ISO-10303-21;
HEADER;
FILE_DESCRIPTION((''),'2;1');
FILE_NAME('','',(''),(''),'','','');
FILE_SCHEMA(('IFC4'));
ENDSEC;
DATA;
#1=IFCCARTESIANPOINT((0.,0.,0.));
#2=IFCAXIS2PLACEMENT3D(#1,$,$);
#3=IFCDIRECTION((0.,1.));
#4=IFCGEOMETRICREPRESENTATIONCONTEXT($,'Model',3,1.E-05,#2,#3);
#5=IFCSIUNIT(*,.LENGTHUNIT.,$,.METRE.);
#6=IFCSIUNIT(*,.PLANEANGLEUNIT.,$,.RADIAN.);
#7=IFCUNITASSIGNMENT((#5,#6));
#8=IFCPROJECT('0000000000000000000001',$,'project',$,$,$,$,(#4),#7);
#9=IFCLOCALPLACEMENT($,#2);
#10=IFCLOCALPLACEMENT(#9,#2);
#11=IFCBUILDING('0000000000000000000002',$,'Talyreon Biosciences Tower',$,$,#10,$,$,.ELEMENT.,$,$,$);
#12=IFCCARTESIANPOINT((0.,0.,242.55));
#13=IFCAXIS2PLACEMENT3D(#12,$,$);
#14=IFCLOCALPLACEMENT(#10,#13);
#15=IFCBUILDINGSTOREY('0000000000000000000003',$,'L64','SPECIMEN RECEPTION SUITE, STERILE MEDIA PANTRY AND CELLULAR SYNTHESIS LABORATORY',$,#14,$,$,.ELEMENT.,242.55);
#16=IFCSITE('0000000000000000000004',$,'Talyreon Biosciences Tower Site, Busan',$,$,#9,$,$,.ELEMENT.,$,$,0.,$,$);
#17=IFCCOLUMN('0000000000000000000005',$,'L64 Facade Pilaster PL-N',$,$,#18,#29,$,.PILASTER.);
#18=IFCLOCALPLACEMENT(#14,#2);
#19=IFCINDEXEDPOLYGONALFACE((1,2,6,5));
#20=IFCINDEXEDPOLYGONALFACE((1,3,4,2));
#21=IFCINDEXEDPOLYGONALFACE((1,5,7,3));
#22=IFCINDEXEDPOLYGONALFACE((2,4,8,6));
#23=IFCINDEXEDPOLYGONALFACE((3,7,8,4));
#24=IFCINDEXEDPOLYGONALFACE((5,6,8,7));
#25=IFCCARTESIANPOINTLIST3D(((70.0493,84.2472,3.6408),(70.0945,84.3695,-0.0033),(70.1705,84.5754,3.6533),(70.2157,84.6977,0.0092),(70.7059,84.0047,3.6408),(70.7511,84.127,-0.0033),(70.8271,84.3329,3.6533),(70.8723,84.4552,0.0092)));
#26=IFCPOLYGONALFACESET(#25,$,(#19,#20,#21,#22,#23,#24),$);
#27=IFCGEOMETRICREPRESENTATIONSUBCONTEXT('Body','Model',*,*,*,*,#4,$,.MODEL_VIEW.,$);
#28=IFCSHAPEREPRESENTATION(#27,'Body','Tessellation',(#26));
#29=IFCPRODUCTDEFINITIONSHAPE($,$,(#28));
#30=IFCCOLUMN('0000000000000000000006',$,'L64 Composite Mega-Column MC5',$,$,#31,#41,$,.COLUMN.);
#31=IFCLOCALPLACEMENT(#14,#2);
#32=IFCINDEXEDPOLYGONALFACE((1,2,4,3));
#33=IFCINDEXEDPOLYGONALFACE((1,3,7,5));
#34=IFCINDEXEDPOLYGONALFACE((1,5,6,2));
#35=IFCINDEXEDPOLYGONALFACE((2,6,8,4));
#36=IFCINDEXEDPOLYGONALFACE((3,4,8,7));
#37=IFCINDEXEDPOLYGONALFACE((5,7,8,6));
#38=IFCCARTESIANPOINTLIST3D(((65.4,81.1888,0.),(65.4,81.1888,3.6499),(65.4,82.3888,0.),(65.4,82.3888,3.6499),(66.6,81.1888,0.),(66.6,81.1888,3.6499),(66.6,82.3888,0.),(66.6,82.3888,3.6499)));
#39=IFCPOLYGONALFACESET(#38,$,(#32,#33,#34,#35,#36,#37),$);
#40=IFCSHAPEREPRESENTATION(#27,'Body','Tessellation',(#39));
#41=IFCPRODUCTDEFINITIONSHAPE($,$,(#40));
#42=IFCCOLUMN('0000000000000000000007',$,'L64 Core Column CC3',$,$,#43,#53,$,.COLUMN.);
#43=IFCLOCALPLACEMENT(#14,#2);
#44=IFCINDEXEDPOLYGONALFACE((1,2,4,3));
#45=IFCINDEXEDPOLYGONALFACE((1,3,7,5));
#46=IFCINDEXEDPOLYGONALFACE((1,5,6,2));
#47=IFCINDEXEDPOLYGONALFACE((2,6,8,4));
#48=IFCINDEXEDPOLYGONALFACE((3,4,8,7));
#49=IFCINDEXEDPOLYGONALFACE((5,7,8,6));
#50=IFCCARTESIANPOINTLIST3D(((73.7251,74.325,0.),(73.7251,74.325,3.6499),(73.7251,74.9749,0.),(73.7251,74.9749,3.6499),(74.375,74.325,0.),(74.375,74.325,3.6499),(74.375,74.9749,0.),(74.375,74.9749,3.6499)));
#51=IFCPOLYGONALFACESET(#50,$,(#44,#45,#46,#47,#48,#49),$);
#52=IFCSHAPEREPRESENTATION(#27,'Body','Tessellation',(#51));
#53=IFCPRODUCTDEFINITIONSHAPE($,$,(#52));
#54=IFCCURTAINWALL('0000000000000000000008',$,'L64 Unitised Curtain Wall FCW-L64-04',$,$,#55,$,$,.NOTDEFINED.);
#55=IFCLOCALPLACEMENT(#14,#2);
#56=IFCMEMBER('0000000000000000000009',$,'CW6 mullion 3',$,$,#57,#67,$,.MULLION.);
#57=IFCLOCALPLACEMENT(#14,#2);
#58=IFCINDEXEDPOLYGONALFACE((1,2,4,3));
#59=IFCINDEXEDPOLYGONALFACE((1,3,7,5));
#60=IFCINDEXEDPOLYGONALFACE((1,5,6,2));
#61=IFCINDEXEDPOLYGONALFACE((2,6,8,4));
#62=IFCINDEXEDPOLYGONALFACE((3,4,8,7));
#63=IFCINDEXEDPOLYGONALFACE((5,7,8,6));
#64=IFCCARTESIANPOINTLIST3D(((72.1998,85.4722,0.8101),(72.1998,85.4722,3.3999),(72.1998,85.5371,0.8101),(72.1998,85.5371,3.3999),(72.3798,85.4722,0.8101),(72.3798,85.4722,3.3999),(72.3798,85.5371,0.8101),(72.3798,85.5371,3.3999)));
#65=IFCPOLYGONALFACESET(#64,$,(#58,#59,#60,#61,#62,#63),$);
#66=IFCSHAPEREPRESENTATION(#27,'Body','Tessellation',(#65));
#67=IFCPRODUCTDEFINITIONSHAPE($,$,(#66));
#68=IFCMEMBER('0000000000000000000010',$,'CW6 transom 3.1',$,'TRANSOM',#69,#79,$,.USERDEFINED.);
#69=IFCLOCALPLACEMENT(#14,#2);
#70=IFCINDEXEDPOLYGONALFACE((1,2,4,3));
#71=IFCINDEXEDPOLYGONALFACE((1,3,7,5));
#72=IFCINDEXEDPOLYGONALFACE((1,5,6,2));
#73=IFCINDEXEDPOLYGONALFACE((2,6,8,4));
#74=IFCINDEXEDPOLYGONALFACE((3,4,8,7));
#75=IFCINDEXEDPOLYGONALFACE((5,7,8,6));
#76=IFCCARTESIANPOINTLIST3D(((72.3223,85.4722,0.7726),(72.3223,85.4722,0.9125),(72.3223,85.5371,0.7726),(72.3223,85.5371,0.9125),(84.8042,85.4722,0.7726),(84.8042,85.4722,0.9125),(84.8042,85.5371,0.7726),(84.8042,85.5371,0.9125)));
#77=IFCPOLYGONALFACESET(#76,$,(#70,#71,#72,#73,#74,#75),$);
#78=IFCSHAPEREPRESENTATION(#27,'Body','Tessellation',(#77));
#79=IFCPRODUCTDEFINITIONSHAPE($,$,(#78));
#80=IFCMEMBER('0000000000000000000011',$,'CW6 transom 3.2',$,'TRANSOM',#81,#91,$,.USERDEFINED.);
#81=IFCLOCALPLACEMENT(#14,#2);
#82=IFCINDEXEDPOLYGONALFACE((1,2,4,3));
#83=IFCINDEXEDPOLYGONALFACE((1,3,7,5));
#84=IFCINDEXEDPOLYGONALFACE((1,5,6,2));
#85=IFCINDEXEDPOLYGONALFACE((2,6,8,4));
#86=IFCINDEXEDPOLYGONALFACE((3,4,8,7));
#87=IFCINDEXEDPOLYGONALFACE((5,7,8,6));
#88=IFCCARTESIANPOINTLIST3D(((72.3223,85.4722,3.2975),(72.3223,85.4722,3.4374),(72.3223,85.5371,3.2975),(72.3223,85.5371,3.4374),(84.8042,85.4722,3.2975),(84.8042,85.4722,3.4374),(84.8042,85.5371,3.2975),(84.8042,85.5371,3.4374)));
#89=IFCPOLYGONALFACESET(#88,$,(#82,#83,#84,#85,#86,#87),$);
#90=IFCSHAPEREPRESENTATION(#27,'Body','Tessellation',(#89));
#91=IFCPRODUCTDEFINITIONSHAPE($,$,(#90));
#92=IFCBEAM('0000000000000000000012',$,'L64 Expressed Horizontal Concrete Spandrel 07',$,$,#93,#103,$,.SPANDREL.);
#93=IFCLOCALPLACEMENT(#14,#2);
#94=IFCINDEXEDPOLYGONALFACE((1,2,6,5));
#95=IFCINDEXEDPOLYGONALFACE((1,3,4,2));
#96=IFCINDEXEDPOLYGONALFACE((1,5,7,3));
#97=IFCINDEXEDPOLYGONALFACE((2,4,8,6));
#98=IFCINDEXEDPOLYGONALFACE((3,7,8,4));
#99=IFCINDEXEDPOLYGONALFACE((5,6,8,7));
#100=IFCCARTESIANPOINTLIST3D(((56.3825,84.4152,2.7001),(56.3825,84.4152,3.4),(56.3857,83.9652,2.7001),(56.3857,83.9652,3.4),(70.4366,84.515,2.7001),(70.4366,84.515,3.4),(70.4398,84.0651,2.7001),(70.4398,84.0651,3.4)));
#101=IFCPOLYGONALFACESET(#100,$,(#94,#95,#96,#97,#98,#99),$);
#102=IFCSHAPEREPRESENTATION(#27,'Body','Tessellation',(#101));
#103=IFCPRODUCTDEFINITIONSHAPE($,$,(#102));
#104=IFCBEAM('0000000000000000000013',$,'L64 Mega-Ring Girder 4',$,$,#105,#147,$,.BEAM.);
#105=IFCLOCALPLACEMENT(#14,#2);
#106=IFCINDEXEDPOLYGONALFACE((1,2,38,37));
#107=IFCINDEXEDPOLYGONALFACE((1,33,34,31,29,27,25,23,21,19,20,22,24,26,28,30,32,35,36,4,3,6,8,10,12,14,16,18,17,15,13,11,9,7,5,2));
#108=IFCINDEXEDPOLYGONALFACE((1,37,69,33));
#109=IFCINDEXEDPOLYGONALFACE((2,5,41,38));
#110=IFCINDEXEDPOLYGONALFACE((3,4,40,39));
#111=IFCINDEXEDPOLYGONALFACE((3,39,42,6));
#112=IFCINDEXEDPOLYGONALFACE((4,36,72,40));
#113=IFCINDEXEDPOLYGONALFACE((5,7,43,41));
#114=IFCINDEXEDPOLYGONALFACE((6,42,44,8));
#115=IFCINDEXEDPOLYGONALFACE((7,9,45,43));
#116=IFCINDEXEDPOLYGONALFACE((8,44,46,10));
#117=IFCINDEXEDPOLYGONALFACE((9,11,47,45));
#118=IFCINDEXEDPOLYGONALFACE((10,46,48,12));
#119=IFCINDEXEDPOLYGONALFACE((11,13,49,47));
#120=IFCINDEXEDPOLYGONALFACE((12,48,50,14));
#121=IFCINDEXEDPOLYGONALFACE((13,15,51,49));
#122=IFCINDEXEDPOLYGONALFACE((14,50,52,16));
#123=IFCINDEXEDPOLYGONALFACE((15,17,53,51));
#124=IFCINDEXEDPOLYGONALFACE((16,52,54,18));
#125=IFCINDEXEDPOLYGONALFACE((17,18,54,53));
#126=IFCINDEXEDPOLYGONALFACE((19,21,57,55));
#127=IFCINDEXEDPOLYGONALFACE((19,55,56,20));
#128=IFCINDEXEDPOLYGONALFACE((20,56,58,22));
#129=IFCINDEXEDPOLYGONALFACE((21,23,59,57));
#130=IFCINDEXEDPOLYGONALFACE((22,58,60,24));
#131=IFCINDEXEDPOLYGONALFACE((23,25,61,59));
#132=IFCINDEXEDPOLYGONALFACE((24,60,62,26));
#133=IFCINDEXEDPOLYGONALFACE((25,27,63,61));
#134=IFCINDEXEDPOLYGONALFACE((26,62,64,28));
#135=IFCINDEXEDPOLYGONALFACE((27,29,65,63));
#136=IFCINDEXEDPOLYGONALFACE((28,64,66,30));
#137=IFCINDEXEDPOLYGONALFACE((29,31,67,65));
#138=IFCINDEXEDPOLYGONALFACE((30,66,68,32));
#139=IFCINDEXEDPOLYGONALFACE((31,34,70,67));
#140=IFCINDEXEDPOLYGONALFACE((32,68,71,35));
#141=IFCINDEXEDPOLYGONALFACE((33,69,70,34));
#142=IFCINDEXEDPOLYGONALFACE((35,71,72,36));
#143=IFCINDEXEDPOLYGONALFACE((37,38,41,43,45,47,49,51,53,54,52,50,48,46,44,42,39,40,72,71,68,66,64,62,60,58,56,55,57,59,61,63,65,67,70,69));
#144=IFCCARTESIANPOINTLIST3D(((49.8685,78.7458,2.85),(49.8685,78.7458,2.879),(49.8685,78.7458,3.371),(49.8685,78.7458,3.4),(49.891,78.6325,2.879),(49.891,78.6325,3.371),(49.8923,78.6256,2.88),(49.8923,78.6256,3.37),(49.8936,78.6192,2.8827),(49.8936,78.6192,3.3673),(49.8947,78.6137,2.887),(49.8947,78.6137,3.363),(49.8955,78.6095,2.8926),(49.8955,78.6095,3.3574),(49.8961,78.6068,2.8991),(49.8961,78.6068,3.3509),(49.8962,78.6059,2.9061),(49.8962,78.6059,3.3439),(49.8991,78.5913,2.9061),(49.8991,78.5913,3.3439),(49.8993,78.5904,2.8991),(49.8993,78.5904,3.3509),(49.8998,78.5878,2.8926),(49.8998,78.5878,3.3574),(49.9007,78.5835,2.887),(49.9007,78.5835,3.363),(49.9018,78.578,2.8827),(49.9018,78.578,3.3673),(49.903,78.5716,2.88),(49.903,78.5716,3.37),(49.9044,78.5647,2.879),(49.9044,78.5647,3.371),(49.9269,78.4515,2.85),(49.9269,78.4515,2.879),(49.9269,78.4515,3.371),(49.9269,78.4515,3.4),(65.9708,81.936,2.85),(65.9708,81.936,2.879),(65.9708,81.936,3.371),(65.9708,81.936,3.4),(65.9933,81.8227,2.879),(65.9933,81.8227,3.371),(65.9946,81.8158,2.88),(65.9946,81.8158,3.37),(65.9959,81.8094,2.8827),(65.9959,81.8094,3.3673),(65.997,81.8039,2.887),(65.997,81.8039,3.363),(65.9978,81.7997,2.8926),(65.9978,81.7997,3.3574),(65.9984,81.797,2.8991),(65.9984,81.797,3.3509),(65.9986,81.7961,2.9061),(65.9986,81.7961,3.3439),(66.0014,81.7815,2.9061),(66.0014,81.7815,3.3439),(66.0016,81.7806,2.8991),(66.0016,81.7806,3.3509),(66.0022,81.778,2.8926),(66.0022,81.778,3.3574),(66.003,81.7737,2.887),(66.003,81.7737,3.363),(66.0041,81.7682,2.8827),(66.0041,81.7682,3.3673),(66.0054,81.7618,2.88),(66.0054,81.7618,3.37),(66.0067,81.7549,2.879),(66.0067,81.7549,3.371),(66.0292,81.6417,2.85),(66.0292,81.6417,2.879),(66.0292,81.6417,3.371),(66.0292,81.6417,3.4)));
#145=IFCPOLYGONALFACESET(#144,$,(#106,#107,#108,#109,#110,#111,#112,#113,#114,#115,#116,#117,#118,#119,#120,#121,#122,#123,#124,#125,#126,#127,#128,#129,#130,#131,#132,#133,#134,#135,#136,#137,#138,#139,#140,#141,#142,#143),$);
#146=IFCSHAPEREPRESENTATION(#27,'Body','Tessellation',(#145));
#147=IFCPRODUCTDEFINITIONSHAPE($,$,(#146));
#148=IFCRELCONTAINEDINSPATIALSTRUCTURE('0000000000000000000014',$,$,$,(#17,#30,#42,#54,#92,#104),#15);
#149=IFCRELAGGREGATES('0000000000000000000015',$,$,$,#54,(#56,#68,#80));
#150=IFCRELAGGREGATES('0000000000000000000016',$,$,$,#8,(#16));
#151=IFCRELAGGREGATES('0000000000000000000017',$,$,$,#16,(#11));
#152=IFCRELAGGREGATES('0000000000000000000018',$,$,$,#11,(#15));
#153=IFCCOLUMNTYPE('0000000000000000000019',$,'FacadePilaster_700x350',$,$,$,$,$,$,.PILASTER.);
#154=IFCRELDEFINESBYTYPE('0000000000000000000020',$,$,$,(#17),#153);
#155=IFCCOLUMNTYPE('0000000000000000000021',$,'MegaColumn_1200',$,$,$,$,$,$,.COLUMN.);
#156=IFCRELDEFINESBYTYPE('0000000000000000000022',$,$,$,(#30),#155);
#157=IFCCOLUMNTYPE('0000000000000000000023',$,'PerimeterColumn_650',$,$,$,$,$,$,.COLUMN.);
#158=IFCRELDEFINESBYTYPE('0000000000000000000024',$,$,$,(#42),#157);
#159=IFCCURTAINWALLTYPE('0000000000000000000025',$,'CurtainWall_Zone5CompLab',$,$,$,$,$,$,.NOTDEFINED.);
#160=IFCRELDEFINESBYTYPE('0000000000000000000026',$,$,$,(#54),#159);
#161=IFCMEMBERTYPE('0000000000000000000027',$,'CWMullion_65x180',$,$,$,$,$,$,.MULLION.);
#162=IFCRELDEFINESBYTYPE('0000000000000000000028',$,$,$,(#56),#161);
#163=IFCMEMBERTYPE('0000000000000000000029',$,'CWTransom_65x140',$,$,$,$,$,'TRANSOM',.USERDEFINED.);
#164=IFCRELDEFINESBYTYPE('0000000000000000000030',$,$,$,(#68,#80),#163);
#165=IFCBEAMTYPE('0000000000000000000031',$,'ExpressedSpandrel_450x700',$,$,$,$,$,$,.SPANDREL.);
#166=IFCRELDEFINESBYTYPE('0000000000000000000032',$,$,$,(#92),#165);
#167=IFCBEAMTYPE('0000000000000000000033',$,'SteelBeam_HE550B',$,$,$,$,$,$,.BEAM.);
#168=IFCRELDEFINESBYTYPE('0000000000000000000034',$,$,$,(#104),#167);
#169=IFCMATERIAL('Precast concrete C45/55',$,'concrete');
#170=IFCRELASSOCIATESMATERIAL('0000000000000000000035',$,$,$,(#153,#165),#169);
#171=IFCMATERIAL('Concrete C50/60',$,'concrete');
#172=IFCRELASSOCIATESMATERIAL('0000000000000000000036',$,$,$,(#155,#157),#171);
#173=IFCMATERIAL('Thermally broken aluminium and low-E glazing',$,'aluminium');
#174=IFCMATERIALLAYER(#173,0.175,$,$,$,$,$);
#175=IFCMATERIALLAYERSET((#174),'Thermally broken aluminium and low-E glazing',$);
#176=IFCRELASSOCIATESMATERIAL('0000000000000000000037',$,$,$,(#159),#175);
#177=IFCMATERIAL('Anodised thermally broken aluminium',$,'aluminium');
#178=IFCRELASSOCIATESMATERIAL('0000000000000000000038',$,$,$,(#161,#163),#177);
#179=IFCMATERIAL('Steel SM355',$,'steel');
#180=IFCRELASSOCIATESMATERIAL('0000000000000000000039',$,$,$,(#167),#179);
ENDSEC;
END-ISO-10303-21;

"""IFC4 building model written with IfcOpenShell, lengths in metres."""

from ifc_helpers import new_model, si_unit, direction, frame, origin, origin_2d, place, context, subcontext, project, spatial, rectangle, i_section, extrude, material, layer, layer_set, material_profile, profile_set, type_object, element, aggregate, save


model = new_model("IFC4")

# Units and contexts
model_context = context("Model", 3, precision=1e-05, world=origin(), true_north=direction((0.0, 1.0)))
body_context = subcontext(model_context, "Body", "Model", "MODEL_VIEW")
ifc_project = project(units=[si_unit("LENGTHUNIT", "METRE"), si_unit("PLANEANGLEUNIT", "RADIAN")], contexts=[model_context])

# Site, building, storey
site_placement = place(None, origin())
site = spatial("IfcSite", under=ifc_project, at=site_placement, Name="Talyreon Biosciences Tower Site, Busan", CompositionType="ELEMENT", RefElevation=0.0)
building_placement = place(site_placement, origin())
building = spatial("IfcBuilding", under=site, at=building_placement, Name="Talyreon Biosciences Tower", CompositionType="ELEMENT")
storey_placement = place(building_placement, frame((0.0, 0.0, 242.55)))
storey = spatial("IfcBuildingStorey", under=building, at=storey_placement, Name="L64", Description="SPECIMEN RECEPTION SUITE, STERILE MEDIA PANTRY AND CELLULAR SYNTHESIS LABORATORY", CompositionType="ELEMENT", Elevation=242.55)

# Columns
ifc_material_1 = material(Name="Precast concrete C45/55", Category="concrete")
ifc_material_profile_1 = material_profile(ifc_material_1, rectangle(XDim=0.7, YDim=0.3501, at=origin_2d()), Name="RC 700x350")
ifc_profile_set_1 = profile_set([ifc_material_profile_1], Name="Precast concrete C45/55")
column_type_1 = type_object("IfcColumnType", Name="FacadePilaster_700x350", PredefinedType="PILASTER", material=ifc_profile_set_1)
column_1_placement = place(storey_placement, frame((70.4834, 84.4124, 0.0029), z_axis=(-0.012387, -0.033544, 0.99936), x_axis=(-0.938087, 0.346399, 0.0)))
element("IfcColumn", 1, at=column_1_placement, inside=storey, type_object=column_type_1, Name="L64 Facade Pilaster PL-N", PredefinedType="PILASTER", context=body_context, shape_type="SweptSolid", body=[
    extrude(rectangle(XDim=0.7, YDim=0.3501, at=origin_2d()), origin(), (0.0, 0.0, 1.0), 3.6465),
])
ifc_material_2 = material(Name="Concrete C50/60", Category="concrete")
ifc_material_profile_2 = material_profile(ifc_material_2, rectangle(XDim=1.2, YDim=1.2, at=origin_2d()), Name="RC 1200x1200")
ifc_profile_set_2 = profile_set([ifc_material_profile_2], Name="Concrete C50/60")
column_type_2 = type_object("IfcColumnType", Name="MegaColumn_1200", PredefinedType="COLUMN", material=ifc_profile_set_2)
column_2_placement = place(storey_placement, frame((66.0, 81.7888, 0.0), z_axis=(0.0, 0.0, 1.0), x_axis=(1.0, 0.0, 0.0)))
element("IfcColumn", 2, at=column_2_placement, inside=storey, type_object=column_type_2, Name="L64 Composite Mega-Column MC5", PredefinedType="COLUMN", context=body_context, shape_type="SweptSolid", body=[
    extrude(rectangle(XDim=1.2, YDim=1.2, at=origin_2d()), origin(), (0.0, 0.0, 1.0), 3.6499),
])
ifc_material_profile_3 = material_profile(ifc_material_2, rectangle(XDim=0.6499, YDim=0.6499, at=origin_2d()), Name="RC 650x650")
ifc_profile_set_3 = profile_set([ifc_material_profile_3], Name="Concrete C50/60")
column_type_3 = type_object("IfcColumnType", Name="PerimeterColumn_650", PredefinedType="COLUMN", material=ifc_profile_set_3)
column_3_placement = place(storey_placement, frame((74.05, 74.6499, 0.0), z_axis=(0.0, 0.0, 1.0), x_axis=(1.0, 0.0, 0.0)))
element("IfcColumn", 3, at=column_3_placement, inside=storey, type_object=column_type_3, Name="L64 Core Column CC3", PredefinedType="COLUMN", context=body_context, shape_type="SweptSolid", body=[
    extrude(rectangle(XDim=0.6499, YDim=0.6499, at=origin_2d()), origin(), (0.0, 0.0, 1.0), 3.6499),
])

# Curtain wall, members
ifc_material_3 = material(Name="Thermally broken aluminium and low-E glazing", Category="aluminium")
ifc_layer_1 = layer(ifc_material_3, 0.175)
ifc_layer_set_1 = layer_set([ifc_layer_1], Name="Thermally broken aluminium and low-E glazing")
curtain_wall_type = type_object("IfcCurtainWallType", Name="CurtainWall_Zone5CompLab", PredefinedType="NOTDEFINED", material=ifc_layer_set_1)
curtain_wall_placement = place(storey_placement, origin())
curtain_wall = element("IfcCurtainWall", 4, at=curtain_wall_placement, inside=storey, type_object=curtain_wall_type, Name="L64 Unitised Curtain Wall FCW-L64-04", PredefinedType="NOTDEFINED")
ifc_material_4 = material(Name="Anodised thermally broken aluminium", Category="aluminium")
ifc_material_profile_4 = material_profile(ifc_material_4, rectangle(XDim=0.0649, YDim=0.1799, at=origin_2d()), Name="ALUM MULLION 65x180")
ifc_profile_set_4 = profile_set([ifc_material_profile_4], Name="Anodised thermally broken aluminium")
member_type_1 = type_object("IfcMemberType", Name="CWMullion_65x180", PredefinedType="MULLION", material=ifc_profile_set_4)
member_1_placement = place(storey_placement, frame((72.2898, 85.5046, 0.8101), z_axis=(0.0, 0.0, 1.0), x_axis=(0.0, 1.0, 0.0)))
member_1 = element("IfcMember", 5, at=member_1_placement, type_object=member_type_1, Name="CW6 mullion 3", PredefinedType="MULLION", context=body_context, shape_type="SweptSolid", body=[
    extrude(rectangle(XDim=0.0649, YDim=0.1799, at=origin_2d()), origin(), (0.0, 0.0, 1.0), 2.5898),
])
ifc_material_profile_5 = material_profile(ifc_material_4, rectangle(XDim=0.0649, YDim=0.1399, at=origin_2d()), Name="ALUM TRANSOM 65x140")
ifc_profile_set_5 = profile_set([ifc_material_profile_5], Name="Anodised thermally broken aluminium")
member_type_2 = type_object("IfcMemberType", Name="CWTransom_65x140", ElementType="TRANSOM", PredefinedType="USERDEFINED", material=ifc_profile_set_5)
member_2_placement = place(storey_placement, frame((72.3223, 85.5046, 0.8425), z_axis=(1.0, 0.0, 0.0), x_axis=(0.0, 1.0, 0.0)))
member_2 = element("IfcMember", 6, at=member_2_placement, type_object=member_type_2, Name="CW6 transom 3.1", ObjectType="TRANSOM", PredefinedType="USERDEFINED", context=body_context, shape_type="SweptSolid", body=[
    extrude(rectangle(XDim=0.0649, YDim=0.1399, at=origin_2d()), origin(), (0.0, 0.0, 1.0), 12.4819),
])
member_3_placement = place(storey_placement, frame((72.3223, 85.5046, 3.3674), z_axis=(1.0, 0.0, 0.0), x_axis=(0.0, 1.0, 0.0)))
member_3 = element("IfcMember", 7, at=member_3_placement, type_object=member_type_2, Name="CW6 transom 3.2", ObjectType="TRANSOM", PredefinedType="USERDEFINED", context=body_context, shape_type="SweptSolid", body=[
    extrude(rectangle(XDim=0.0649, YDim=0.1399, at=origin_2d()), origin(), (0.0, 0.0, 1.0), 12.4819),
])

# Beams
ifc_material_profile_6 = material_profile(ifc_material_1, rectangle(XDim=0.45, YDim=0.7, at=origin_2d()), Name="RCB 450x700")
ifc_profile_set_6 = profile_set([ifc_material_profile_6], Name="Precast concrete C45/55")
beam_type_1 = type_object("IfcBeamType", Name="ExpressedSpandrel_450x700", PredefinedType="SPANDREL", material=ifc_profile_set_6)
beam_1_placement = place(storey_placement, frame((70.4382, 84.29, 3.05), z_axis=(-0.999975, -0.007105, 0.0), x_axis=(0.007105, -0.999975, 0.0)))
element("IfcBeam", 8, at=beam_1_placement, inside=storey, type_object=beam_type_1, Name="L64 Expressed Horizontal Concrete Spandrel 07", PredefinedType="SPANDREL", context=body_context, shape_type="SweptSolid", body=[
    extrude(rectangle(XDim=0.45, YDim=0.7, at=origin_2d()), origin(), (0.0, 0.0, 1.0), 14.0544),
])
ifc_material_5 = material(Name="Steel SM355", Category="steel")
ifc_material_profile_7 = material_profile(ifc_material_5, i_section(OverallWidth=0.3, OverallDepth=0.55, WebThickness=0.0149, FlangeThickness=0.0291, FilletRadius=0.0271, at=origin_2d()), Name="HE550B")
ifc_profile_set_7 = profile_set([ifc_material_profile_7], Name="Steel SM355")
beam_type_2 = type_object("IfcBeamType", Name="SteelBeam_HE550B", PredefinedType="BEAM", material=ifc_profile_set_7)
beam_2_placement = place(storey_placement, frame((66.0, 81.7888, 3.125), z_axis=(-0.980934, -0.194343, 0.0), x_axis=(0.194343, -0.980934, 0.0)))
element("IfcBeam", 9, at=beam_2_placement, inside=storey, type_object=beam_type_2, Name="L64 Mega-Ring Girder 4", PredefinedType="BEAM", context=body_context, shape_type="SweptSolid", body=[
    extrude(i_section(OverallWidth=0.3, OverallDepth=0.55, WebThickness=0.0149, FlangeThickness=0.0291, FilletRadius=0.0271, at=origin_2d()), origin(), (0.0, 0.0, 1.0), 16.4153),
])

aggregate(curtain_wall, [member_1, member_2, member_3])

save(model, "model.ifc")
